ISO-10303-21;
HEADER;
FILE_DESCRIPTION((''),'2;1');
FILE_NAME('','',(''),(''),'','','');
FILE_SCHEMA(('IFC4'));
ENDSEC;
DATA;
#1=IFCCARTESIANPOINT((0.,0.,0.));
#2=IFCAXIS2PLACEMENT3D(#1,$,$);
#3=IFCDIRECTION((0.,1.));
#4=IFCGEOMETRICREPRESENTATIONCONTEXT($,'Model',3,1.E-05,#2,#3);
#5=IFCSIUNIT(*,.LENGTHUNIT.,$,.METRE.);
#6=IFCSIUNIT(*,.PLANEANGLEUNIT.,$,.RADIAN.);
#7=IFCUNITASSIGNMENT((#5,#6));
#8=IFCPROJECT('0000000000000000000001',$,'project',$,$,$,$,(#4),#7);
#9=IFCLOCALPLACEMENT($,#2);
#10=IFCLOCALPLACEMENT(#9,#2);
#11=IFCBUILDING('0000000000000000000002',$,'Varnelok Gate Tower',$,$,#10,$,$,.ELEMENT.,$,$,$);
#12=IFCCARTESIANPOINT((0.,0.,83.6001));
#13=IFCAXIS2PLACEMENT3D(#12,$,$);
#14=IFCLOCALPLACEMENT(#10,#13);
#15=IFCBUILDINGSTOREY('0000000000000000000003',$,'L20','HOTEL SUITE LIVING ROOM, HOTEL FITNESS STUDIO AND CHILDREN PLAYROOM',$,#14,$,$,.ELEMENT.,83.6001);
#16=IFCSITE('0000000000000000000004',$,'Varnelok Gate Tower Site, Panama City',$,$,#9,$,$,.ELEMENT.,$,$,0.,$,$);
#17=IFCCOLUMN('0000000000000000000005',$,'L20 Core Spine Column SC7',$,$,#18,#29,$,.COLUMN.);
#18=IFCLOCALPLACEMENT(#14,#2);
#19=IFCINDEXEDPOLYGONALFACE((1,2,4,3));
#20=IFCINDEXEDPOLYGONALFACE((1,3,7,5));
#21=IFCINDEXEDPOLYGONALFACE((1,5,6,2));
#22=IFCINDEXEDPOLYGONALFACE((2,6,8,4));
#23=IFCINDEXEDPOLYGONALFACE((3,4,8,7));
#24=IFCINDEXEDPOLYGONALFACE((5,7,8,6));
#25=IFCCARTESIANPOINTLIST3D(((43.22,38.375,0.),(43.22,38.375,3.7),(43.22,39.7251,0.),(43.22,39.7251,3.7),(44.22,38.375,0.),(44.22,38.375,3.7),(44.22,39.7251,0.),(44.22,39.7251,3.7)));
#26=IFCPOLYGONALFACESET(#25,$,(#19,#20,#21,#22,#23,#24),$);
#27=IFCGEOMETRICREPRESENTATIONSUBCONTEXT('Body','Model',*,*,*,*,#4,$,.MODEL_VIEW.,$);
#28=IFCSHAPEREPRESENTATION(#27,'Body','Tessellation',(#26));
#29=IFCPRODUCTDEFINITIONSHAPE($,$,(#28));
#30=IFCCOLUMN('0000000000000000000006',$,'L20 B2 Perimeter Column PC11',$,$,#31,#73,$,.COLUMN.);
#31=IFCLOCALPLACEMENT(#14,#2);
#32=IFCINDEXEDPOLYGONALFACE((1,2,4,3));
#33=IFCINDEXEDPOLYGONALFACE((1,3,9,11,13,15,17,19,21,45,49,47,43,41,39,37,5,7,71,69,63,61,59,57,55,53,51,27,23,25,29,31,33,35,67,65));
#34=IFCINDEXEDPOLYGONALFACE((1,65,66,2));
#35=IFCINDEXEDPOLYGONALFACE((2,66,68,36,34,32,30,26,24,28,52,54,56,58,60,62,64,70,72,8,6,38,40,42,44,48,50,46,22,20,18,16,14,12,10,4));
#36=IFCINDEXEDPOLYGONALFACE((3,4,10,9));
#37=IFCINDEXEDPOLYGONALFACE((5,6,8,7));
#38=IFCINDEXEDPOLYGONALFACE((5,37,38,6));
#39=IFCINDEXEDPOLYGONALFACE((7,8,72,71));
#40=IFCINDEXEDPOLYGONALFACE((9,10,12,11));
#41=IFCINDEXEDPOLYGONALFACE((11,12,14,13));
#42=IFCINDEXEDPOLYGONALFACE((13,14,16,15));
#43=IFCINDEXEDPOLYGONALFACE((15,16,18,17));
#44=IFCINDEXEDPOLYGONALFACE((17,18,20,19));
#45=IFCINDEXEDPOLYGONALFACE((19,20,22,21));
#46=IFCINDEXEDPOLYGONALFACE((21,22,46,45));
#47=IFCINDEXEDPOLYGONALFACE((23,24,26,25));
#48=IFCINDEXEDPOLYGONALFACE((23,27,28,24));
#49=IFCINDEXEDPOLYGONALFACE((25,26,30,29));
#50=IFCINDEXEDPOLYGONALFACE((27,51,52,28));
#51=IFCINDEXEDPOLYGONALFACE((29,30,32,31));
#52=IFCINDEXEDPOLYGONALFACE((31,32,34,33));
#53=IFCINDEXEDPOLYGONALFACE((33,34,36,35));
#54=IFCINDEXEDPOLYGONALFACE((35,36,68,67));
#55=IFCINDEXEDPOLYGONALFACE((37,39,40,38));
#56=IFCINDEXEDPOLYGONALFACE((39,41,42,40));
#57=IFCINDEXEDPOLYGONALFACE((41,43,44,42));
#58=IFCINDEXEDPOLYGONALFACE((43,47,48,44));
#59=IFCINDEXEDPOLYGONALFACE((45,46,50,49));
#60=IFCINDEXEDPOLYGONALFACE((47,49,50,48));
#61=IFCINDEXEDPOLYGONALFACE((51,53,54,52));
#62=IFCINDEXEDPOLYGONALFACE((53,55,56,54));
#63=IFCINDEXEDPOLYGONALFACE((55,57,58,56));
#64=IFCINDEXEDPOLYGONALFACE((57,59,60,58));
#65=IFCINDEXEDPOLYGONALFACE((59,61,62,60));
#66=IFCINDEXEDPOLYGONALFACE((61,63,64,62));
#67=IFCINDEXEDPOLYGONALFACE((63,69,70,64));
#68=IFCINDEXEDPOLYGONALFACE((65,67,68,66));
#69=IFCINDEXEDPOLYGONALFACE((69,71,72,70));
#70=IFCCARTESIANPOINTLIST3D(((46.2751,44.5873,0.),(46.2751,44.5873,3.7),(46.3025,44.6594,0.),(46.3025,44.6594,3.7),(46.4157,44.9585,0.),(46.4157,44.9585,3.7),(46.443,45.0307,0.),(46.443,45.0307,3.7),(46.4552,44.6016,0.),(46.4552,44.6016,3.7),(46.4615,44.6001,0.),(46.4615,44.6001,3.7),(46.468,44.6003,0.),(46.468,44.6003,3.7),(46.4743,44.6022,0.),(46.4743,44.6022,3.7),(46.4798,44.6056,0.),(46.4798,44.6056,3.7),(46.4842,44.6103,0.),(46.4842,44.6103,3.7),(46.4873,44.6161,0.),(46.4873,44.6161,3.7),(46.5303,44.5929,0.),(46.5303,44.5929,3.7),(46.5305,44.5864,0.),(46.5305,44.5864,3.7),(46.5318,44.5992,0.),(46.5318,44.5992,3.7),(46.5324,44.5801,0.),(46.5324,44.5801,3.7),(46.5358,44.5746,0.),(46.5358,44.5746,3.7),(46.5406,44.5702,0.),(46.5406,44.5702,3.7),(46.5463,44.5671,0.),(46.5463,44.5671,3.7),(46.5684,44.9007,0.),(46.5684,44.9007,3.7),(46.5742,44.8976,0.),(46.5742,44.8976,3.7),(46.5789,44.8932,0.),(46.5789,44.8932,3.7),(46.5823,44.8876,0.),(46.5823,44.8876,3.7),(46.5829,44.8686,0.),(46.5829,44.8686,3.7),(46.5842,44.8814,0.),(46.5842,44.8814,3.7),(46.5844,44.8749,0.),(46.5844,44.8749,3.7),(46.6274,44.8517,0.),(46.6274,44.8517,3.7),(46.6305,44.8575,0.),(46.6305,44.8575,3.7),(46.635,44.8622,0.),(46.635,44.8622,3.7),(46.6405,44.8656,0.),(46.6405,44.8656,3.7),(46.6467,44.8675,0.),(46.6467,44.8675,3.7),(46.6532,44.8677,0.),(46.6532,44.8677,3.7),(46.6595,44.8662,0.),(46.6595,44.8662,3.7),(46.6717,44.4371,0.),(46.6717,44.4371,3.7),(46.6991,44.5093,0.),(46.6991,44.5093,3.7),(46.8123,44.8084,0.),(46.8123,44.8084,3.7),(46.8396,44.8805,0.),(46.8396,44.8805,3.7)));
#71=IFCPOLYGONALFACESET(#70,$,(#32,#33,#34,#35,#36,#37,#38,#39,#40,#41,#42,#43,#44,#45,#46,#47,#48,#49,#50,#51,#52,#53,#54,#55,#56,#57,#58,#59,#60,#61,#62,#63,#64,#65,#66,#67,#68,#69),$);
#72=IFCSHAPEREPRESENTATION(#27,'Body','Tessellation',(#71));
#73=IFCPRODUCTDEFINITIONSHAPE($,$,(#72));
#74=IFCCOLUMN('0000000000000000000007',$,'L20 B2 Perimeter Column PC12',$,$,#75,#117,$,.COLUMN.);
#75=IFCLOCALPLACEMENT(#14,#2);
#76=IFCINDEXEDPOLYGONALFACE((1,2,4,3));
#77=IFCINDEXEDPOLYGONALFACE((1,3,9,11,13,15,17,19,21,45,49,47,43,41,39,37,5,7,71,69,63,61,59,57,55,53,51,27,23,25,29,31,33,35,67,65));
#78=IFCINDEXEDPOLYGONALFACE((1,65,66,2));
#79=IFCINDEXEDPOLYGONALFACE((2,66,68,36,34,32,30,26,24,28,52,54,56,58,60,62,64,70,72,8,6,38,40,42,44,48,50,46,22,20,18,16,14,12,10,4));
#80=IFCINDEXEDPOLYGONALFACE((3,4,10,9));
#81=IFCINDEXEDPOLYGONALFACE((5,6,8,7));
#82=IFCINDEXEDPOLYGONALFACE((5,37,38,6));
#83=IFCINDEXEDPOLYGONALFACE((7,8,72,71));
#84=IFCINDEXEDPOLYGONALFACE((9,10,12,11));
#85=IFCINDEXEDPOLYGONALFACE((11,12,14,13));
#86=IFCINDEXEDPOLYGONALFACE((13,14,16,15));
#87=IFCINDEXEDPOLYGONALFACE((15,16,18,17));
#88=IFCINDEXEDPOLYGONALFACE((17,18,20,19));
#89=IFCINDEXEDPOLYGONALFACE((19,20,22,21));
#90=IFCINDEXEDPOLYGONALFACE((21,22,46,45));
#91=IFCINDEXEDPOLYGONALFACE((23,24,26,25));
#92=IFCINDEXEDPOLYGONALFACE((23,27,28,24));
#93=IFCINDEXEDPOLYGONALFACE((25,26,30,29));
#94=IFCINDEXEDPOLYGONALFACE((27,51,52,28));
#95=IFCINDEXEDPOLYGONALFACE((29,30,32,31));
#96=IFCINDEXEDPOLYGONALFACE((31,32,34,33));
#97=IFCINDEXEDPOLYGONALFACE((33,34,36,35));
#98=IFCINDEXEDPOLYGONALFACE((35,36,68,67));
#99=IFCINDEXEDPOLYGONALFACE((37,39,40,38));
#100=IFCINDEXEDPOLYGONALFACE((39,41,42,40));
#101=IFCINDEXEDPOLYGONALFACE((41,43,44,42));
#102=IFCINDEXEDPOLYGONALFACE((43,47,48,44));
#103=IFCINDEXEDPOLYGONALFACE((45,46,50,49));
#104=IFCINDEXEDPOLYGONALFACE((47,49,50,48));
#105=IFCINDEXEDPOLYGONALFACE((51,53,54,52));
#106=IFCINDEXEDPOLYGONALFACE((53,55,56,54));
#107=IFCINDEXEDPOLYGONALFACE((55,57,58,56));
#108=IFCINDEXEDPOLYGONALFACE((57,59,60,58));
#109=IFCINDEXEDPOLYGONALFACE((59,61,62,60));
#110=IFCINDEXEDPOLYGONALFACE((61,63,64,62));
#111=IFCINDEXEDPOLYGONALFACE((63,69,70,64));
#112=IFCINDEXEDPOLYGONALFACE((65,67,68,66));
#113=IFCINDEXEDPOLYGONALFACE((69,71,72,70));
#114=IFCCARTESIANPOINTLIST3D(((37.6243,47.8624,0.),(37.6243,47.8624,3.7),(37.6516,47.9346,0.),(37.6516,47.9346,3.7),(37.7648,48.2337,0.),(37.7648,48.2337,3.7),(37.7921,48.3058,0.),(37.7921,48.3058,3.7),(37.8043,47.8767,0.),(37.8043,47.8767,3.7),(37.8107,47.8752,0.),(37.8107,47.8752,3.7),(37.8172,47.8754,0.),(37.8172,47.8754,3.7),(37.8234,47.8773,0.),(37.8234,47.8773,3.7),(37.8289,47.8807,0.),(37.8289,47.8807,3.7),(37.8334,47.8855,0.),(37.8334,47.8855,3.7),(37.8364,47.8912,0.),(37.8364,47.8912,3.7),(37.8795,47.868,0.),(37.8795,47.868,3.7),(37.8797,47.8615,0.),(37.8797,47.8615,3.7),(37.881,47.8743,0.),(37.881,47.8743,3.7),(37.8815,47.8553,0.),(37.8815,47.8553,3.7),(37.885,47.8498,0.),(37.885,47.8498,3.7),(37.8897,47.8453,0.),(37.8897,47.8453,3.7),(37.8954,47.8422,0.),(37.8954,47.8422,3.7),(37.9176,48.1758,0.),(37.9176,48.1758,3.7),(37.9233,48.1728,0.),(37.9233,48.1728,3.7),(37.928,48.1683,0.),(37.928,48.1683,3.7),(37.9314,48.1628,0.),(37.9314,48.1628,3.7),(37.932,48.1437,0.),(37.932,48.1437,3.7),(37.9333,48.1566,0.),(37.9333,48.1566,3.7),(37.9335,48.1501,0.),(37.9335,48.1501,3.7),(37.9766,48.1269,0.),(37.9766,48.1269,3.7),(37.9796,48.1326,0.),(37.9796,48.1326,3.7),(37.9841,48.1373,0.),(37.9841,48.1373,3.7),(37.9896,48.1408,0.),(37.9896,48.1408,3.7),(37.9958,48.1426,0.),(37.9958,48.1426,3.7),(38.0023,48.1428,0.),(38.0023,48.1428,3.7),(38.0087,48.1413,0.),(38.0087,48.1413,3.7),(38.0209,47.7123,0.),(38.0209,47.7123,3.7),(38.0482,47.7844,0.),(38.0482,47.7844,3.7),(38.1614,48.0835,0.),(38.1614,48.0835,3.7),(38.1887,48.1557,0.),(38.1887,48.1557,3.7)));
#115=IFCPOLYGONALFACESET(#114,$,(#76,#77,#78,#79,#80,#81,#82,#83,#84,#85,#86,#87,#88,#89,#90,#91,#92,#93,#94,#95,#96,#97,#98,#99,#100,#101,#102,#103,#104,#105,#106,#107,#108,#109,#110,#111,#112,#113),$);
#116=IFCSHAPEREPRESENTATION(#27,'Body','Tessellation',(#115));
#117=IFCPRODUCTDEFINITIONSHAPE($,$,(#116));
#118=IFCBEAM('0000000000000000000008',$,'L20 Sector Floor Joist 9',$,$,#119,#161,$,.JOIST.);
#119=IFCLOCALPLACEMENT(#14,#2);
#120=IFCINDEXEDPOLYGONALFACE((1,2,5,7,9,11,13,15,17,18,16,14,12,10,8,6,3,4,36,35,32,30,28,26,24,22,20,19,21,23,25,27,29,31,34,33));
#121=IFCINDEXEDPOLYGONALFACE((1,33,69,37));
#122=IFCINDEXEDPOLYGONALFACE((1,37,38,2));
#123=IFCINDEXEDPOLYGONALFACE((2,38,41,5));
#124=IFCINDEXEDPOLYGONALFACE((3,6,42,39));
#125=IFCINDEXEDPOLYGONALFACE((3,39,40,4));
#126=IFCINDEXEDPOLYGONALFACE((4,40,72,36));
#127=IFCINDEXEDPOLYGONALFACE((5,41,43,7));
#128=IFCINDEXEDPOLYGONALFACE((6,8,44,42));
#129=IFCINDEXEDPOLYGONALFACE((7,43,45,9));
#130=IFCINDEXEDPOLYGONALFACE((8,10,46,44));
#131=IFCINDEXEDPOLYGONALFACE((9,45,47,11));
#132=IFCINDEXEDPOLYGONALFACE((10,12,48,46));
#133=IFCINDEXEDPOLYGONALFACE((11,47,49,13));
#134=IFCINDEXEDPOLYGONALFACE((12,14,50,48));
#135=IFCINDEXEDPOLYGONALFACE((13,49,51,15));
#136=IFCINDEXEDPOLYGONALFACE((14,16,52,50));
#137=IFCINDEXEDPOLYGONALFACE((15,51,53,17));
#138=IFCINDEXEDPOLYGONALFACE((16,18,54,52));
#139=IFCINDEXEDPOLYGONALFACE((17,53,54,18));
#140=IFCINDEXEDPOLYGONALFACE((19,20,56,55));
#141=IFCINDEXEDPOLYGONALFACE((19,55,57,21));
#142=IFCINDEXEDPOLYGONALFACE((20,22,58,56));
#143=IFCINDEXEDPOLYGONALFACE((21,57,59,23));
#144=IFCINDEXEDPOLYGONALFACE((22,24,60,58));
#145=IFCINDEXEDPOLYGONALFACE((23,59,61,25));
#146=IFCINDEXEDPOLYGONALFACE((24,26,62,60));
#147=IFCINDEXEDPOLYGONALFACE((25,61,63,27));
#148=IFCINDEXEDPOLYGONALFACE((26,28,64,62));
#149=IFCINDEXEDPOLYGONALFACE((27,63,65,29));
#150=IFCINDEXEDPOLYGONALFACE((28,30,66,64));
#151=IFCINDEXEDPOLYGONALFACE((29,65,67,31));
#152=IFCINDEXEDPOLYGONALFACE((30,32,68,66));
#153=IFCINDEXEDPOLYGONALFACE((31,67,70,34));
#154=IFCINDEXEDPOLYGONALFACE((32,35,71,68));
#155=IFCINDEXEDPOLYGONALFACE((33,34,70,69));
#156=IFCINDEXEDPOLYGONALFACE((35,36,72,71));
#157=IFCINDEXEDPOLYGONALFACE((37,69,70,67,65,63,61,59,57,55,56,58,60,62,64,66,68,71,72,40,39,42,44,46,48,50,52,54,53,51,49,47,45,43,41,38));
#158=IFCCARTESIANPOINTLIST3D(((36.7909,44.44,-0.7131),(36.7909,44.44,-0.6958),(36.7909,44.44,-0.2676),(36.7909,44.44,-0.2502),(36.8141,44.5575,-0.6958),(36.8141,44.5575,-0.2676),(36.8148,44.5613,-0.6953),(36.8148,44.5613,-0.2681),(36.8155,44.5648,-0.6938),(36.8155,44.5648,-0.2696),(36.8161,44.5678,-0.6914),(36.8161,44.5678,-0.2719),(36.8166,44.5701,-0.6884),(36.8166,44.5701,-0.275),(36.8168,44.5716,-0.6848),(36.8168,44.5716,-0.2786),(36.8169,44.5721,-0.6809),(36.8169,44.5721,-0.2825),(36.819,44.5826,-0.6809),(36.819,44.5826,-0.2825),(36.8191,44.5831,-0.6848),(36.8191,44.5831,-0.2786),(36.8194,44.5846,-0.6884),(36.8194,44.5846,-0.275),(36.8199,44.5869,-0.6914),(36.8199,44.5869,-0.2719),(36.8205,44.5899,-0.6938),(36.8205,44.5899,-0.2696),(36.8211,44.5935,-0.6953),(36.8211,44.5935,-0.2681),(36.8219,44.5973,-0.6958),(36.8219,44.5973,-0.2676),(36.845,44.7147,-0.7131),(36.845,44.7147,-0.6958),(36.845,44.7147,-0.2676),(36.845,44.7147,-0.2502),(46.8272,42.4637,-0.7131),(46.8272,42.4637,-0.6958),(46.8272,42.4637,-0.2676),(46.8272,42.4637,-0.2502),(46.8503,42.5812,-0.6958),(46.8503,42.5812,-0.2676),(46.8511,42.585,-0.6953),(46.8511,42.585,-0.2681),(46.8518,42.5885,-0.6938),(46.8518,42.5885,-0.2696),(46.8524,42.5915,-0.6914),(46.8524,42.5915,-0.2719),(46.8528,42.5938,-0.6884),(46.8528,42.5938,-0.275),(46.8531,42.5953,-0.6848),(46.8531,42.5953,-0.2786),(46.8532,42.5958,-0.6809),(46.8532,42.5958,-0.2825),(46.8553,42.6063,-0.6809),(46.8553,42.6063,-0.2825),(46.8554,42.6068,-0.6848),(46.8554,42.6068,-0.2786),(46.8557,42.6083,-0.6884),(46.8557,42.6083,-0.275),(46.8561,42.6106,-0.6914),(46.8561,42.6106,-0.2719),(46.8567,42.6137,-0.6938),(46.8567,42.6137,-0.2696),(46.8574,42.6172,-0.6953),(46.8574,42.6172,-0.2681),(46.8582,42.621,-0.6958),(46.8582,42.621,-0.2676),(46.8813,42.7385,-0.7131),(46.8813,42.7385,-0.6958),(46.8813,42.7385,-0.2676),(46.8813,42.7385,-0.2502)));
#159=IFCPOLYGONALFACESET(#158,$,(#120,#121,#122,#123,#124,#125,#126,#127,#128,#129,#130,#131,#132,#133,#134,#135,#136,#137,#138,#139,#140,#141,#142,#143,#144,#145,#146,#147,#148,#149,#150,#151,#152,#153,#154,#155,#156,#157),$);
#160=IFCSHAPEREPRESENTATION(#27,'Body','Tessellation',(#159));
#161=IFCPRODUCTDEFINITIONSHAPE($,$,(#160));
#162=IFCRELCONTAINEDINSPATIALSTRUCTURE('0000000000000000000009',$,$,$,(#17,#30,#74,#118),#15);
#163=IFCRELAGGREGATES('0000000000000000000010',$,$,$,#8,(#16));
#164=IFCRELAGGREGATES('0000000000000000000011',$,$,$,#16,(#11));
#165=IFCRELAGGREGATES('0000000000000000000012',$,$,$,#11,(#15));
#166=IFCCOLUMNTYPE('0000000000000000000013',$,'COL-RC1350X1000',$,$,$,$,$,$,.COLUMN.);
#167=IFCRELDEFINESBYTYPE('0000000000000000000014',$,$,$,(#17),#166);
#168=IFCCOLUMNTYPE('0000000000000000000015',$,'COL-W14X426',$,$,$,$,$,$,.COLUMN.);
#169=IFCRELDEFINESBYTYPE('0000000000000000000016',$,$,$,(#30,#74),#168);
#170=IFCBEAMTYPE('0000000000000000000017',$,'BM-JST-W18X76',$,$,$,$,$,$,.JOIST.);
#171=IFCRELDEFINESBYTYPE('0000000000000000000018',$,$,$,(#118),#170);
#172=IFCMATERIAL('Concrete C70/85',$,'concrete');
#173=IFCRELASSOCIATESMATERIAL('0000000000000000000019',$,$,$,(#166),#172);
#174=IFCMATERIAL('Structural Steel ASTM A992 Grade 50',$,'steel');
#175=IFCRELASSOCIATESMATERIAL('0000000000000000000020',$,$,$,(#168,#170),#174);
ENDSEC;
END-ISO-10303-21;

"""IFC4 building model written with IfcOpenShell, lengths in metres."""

from ifc_helpers import new_model, si_unit, direction, frame, origin, origin_2d, place, context, subcontext, project, spatial, rectangle, i_section, extrude, material, material_profile, profile_set, type_object, element, save


model = new_model("IFC4")

# Units and contexts
model_context = context("Model", 3, precision=1e-05, world=origin(), true_north=direction((0.0, 1.0)))
body_context = subcontext(model_context, "Body", "Model", "MODEL_VIEW")
ifc_project = project(units=[si_unit("LENGTHUNIT", "METRE"), si_unit("PLANEANGLEUNIT", "RADIAN")], contexts=[model_context])

# Site, building, storey
site_placement = place(None, origin())
site = spatial("IfcSite", under=ifc_project, at=site_placement, Name="Varnelok Gate Tower Site, Panama City", CompositionType="ELEMENT", RefElevation=0.0)
building_placement = place(site_placement, origin())
building = spatial("IfcBuilding", under=site, at=building_placement, Name="Varnelok Gate Tower", CompositionType="ELEMENT")
storey_placement = place(building_placement, frame((0.0, 0.0, 83.6001)))
storey = spatial("IfcBuildingStorey", under=building, at=storey_placement, Name="L20", Description="HOTEL SUITE LIVING ROOM, HOTEL FITNESS STUDIO AND CHILDREN PLAYROOM", CompositionType="ELEMENT", Elevation=83.6001)

# Columns
ifc_material_1 = material(Name="Concrete C70/85", Category="concrete")
ifc_material_profile_1 = material_profile(ifc_material_1, rectangle(XDim=1.0, YDim=1.3501, at=origin_2d()), Name="RC1350X1000")
ifc_profile_set_1 = profile_set([ifc_material_profile_1], Name="Concrete C70/85")
column_type_1 = type_object("IfcColumnType", Name="COL-RC1350X1000", PredefinedType="COLUMN", material=ifc_profile_set_1)
column_placement = place(storey_placement, frame((43.72, 39.05, 0.0), z_axis=(0.0, 0.0, 1.0), x_axis=(1.0, 0.0, 0.0)))
element("IfcColumn", 1, at=column_placement, inside=storey, type_object=column_type_1, Name="L20 Core Spine Column SC7", PredefinedType="COLUMN", context=body_context, shape_type="SweptSolid", body=[
    extrude(rectangle(XDim=1.0, YDim=1.3501, at=origin_2d()), origin(), (0.0, 0.0, 1.0), 3.7),
])
ifc_material_2 = material(Name="Structural Steel ASTM A992 Grade 50", Category="steel")
ifc_material_profile_2 = material_profile(ifc_material_2, i_section(OverallWidth=0.4241, OverallDepth=0.4741, WebThickness=0.0476, FlangeThickness=0.0771, FilletRadius=0.0249, at=origin_2d()), Name="W14X426")
ifc_profile_set_2 = profile_set([ifc_material_profile_2], Name="Structural Steel ASTM A992 Grade 50")
column_type_2 = type_object("IfcColumnType", Name="COL-W14X426", PredefinedType="COLUMN", material=ifc_profile_set_2)
for number, where, z_axis, x_axis, name in (
    (2, (46.5574, 44.7339, 0.0), (0.0, 0.0, 1.0), (0.935222, -0.354063, 0.0), "L20 B2 Perimeter Column PC11"),
    (3, (37.9065, 48.009, 0.0), (0.0, 0.0, 1.0), (0.935222, -0.354063, 0.0), "L20 B2 Perimeter Column PC12"),
):
    element("IfcColumn", number, at=place(storey_placement, frame(where, z_axis=z_axis, x_axis=x_axis)), inside=storey, type_object=column_type_2, Name=name, PredefinedType="COLUMN", context=body_context, shape_type="SweptSolid", body=[
        extrude(i_section(OverallWidth=0.4241, OverallDepth=0.4741, WebThickness=0.0476, FlangeThickness=0.0771, FilletRadius=0.0249, at=origin_2d()), origin(), (0.0, 0.0, 1.0), 3.7),
    ])

# Beam
ifc_material_profile_3 = material_profile(ifc_material_2, i_section(OverallWidth=0.28, OverallDepth=0.4629, WebThickness=0.0107, FlangeThickness=0.0173, FilletRadius=0.0149, at=origin_2d()), Name="W18X76")
ifc_profile_set_3 = profile_set([ifc_material_profile_3], Name="Structural Steel ASTM A992 Grade 50")
beam_type_1 = type_object("IfcBeamType", Name="BM-JST-W18X76", PredefinedType="JOIST", material=ifc_profile_set_3)
beam_1_placement = place(storey_placement, frame((46.8542, 42.6011, -0.4817), z_axis=(-0.981158, 0.193205, 0.0), x_axis=(-0.193205, -0.981158, 0.0)))
element("IfcBeam", 4, at=beam_1_placement, inside=storey, type_object=beam_type_1, Name="L20 Sector Floor Joist 9", PredefinedType="JOIST", context=body_context, shape_type="SweptSolid", body=[
    extrude(i_section(OverallWidth=0.28, OverallDepth=0.4629, WebThickness=0.0107, FlangeThickness=0.0173, FilletRadius=0.0149, at=origin_2d()), origin(), (0.0, 0.0, 1.0), 10.229),
])

save(model, "model.ifc")
